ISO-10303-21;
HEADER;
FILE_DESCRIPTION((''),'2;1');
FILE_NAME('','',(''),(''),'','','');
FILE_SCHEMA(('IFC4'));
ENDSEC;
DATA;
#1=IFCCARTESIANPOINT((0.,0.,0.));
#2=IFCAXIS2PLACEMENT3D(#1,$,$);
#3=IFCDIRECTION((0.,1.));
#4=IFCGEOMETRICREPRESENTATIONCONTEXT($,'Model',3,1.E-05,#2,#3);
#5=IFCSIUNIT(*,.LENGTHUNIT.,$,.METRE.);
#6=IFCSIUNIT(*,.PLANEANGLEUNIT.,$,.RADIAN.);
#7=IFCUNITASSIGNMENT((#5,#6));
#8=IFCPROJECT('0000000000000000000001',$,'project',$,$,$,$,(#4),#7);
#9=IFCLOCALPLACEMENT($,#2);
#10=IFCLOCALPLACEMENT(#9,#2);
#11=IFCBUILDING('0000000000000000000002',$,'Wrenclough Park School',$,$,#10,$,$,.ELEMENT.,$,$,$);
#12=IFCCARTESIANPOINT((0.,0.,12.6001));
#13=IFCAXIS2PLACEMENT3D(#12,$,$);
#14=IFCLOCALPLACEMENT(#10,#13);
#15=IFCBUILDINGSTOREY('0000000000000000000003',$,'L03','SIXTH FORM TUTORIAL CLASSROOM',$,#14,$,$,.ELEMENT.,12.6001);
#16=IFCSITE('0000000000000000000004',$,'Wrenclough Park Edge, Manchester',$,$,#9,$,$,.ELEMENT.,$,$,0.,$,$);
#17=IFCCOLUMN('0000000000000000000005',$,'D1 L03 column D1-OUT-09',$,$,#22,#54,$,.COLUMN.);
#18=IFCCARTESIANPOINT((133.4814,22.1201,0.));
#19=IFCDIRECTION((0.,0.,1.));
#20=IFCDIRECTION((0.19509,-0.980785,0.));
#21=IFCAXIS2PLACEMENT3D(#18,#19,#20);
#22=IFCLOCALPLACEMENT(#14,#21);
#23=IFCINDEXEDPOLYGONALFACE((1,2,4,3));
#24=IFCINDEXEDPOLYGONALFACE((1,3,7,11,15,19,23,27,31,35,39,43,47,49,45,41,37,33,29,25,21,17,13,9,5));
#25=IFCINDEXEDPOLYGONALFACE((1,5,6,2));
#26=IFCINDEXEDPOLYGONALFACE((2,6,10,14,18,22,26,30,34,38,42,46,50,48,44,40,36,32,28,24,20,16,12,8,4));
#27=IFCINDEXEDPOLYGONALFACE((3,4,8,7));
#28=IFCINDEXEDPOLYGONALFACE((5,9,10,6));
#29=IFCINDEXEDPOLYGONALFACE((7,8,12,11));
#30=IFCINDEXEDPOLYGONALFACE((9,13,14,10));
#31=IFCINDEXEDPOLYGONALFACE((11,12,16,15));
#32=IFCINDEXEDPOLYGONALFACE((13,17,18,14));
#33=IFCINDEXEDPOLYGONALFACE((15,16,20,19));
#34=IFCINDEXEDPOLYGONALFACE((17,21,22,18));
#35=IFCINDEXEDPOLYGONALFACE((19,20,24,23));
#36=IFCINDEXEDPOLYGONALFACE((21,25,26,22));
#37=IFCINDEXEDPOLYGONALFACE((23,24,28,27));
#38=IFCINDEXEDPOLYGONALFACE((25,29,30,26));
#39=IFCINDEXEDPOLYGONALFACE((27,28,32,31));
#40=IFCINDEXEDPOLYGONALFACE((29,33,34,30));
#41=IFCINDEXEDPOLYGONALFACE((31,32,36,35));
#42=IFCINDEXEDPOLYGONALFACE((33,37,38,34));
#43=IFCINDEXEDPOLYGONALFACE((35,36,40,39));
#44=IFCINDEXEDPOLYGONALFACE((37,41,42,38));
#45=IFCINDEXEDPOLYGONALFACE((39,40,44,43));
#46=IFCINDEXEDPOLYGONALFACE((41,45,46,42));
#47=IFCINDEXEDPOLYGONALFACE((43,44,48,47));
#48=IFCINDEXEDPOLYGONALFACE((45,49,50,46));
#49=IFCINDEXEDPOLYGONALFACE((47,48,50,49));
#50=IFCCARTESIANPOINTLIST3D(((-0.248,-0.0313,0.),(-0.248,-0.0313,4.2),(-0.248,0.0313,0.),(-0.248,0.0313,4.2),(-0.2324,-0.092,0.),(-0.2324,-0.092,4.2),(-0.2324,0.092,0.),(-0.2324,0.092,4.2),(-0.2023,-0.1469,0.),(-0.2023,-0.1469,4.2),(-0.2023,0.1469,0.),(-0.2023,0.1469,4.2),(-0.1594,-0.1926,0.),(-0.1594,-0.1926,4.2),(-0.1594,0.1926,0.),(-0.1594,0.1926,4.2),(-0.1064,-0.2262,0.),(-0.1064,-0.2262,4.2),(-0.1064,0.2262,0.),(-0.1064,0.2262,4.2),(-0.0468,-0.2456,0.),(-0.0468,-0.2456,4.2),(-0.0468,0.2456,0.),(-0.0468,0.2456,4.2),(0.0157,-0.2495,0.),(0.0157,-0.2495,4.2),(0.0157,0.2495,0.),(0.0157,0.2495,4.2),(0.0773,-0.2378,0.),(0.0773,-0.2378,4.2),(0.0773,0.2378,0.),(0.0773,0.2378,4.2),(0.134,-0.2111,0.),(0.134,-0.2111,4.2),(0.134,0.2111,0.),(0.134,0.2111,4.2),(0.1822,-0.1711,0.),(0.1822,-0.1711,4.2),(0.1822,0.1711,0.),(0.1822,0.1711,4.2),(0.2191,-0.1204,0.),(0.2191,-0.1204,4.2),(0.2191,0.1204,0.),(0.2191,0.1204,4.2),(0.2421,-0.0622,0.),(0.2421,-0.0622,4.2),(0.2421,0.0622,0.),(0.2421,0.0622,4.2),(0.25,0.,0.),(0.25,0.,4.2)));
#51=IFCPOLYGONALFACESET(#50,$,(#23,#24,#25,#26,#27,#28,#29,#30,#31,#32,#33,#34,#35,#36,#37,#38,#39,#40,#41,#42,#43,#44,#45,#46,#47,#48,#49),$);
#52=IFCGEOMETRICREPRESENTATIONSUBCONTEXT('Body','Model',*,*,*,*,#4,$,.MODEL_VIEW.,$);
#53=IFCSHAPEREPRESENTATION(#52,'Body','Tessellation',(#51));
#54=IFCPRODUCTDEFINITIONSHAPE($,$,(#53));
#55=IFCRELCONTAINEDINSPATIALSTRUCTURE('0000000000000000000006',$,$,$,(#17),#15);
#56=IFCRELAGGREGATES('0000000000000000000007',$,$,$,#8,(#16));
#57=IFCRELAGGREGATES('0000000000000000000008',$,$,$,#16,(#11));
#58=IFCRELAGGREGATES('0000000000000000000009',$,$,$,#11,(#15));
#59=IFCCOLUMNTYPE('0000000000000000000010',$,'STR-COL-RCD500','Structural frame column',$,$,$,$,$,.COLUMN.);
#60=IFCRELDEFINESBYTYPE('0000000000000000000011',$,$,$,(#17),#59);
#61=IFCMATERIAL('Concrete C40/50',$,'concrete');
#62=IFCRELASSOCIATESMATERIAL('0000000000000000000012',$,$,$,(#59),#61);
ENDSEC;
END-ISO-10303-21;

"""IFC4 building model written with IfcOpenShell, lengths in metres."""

from ifc_helpers import new_model, si_unit, direction, frame, origin, origin_2d, place, context, subcontext, project, spatial, circle, extrude, material, material_profile, profile_set, type_object, element, save


model = new_model("IFC4")

# Units and contexts
model_context = context("Model", 3, precision=1e-05, world=origin(), true_north=direction((0.0, 1.0)))
body_context = subcontext(model_context, "Body", "Model", "MODEL_VIEW")
ifc_project = project(units=[si_unit("LENGTHUNIT", "METRE"), si_unit("PLANEANGLEUNIT", "RADIAN")], contexts=[model_context])

# Site, building, storey
site_placement = place(None, origin())
site = spatial("IfcSite", under=ifc_project, at=site_placement, Name="Wrenclough Park Edge, Manchester", CompositionType="ELEMENT", RefElevation=0.0)
building_placement = place(site_placement, origin())
building = spatial("IfcBuilding", under=site, at=building_placement, Name="Wrenclough Park School", CompositionType="ELEMENT")
storey_placement = place(building_placement, frame((0.0, 0.0, 12.6001)))
storey = spatial("IfcBuildingStorey", under=building, at=storey_placement, Name="L03", Description="SIXTH FORM TUTORIAL CLASSROOM", CompositionType="ELEMENT", Elevation=12.6001)

# Column
ifc_material_1 = material(Name="Concrete C40/50", Category="concrete")
ifc_material_profile_1 = material_profile(ifc_material_1, circle(Radius=0.25, at=origin_2d()), Name="RC COL D500")
ifc_profile_set_1 = profile_set([ifc_material_profile_1], Name="Concrete C40/50")
column_type = type_object("IfcColumnType", Name="STR-COL-RCD500", Description="Structural frame column", PredefinedType="COLUMN", material=ifc_profile_set_1)
column_placement = place(storey_placement, frame((133.4814, 22.1201, 0.0), z_axis=(0.0, 0.0, 1.0), x_axis=(0.19509, -0.980785, 0.0)))
element("IfcColumn", 1, at=column_placement, inside=storey, type_object=column_type, Name="D1 L03 column D1-OUT-09", PredefinedType="COLUMN", context=body_context, shape_type="SweptSolid", body=[
    extrude(circle(Radius=0.25, at=origin_2d()), origin(), (0.0, 0.0, 1.0), 4.2),
])

save(model, "model.ifc")
